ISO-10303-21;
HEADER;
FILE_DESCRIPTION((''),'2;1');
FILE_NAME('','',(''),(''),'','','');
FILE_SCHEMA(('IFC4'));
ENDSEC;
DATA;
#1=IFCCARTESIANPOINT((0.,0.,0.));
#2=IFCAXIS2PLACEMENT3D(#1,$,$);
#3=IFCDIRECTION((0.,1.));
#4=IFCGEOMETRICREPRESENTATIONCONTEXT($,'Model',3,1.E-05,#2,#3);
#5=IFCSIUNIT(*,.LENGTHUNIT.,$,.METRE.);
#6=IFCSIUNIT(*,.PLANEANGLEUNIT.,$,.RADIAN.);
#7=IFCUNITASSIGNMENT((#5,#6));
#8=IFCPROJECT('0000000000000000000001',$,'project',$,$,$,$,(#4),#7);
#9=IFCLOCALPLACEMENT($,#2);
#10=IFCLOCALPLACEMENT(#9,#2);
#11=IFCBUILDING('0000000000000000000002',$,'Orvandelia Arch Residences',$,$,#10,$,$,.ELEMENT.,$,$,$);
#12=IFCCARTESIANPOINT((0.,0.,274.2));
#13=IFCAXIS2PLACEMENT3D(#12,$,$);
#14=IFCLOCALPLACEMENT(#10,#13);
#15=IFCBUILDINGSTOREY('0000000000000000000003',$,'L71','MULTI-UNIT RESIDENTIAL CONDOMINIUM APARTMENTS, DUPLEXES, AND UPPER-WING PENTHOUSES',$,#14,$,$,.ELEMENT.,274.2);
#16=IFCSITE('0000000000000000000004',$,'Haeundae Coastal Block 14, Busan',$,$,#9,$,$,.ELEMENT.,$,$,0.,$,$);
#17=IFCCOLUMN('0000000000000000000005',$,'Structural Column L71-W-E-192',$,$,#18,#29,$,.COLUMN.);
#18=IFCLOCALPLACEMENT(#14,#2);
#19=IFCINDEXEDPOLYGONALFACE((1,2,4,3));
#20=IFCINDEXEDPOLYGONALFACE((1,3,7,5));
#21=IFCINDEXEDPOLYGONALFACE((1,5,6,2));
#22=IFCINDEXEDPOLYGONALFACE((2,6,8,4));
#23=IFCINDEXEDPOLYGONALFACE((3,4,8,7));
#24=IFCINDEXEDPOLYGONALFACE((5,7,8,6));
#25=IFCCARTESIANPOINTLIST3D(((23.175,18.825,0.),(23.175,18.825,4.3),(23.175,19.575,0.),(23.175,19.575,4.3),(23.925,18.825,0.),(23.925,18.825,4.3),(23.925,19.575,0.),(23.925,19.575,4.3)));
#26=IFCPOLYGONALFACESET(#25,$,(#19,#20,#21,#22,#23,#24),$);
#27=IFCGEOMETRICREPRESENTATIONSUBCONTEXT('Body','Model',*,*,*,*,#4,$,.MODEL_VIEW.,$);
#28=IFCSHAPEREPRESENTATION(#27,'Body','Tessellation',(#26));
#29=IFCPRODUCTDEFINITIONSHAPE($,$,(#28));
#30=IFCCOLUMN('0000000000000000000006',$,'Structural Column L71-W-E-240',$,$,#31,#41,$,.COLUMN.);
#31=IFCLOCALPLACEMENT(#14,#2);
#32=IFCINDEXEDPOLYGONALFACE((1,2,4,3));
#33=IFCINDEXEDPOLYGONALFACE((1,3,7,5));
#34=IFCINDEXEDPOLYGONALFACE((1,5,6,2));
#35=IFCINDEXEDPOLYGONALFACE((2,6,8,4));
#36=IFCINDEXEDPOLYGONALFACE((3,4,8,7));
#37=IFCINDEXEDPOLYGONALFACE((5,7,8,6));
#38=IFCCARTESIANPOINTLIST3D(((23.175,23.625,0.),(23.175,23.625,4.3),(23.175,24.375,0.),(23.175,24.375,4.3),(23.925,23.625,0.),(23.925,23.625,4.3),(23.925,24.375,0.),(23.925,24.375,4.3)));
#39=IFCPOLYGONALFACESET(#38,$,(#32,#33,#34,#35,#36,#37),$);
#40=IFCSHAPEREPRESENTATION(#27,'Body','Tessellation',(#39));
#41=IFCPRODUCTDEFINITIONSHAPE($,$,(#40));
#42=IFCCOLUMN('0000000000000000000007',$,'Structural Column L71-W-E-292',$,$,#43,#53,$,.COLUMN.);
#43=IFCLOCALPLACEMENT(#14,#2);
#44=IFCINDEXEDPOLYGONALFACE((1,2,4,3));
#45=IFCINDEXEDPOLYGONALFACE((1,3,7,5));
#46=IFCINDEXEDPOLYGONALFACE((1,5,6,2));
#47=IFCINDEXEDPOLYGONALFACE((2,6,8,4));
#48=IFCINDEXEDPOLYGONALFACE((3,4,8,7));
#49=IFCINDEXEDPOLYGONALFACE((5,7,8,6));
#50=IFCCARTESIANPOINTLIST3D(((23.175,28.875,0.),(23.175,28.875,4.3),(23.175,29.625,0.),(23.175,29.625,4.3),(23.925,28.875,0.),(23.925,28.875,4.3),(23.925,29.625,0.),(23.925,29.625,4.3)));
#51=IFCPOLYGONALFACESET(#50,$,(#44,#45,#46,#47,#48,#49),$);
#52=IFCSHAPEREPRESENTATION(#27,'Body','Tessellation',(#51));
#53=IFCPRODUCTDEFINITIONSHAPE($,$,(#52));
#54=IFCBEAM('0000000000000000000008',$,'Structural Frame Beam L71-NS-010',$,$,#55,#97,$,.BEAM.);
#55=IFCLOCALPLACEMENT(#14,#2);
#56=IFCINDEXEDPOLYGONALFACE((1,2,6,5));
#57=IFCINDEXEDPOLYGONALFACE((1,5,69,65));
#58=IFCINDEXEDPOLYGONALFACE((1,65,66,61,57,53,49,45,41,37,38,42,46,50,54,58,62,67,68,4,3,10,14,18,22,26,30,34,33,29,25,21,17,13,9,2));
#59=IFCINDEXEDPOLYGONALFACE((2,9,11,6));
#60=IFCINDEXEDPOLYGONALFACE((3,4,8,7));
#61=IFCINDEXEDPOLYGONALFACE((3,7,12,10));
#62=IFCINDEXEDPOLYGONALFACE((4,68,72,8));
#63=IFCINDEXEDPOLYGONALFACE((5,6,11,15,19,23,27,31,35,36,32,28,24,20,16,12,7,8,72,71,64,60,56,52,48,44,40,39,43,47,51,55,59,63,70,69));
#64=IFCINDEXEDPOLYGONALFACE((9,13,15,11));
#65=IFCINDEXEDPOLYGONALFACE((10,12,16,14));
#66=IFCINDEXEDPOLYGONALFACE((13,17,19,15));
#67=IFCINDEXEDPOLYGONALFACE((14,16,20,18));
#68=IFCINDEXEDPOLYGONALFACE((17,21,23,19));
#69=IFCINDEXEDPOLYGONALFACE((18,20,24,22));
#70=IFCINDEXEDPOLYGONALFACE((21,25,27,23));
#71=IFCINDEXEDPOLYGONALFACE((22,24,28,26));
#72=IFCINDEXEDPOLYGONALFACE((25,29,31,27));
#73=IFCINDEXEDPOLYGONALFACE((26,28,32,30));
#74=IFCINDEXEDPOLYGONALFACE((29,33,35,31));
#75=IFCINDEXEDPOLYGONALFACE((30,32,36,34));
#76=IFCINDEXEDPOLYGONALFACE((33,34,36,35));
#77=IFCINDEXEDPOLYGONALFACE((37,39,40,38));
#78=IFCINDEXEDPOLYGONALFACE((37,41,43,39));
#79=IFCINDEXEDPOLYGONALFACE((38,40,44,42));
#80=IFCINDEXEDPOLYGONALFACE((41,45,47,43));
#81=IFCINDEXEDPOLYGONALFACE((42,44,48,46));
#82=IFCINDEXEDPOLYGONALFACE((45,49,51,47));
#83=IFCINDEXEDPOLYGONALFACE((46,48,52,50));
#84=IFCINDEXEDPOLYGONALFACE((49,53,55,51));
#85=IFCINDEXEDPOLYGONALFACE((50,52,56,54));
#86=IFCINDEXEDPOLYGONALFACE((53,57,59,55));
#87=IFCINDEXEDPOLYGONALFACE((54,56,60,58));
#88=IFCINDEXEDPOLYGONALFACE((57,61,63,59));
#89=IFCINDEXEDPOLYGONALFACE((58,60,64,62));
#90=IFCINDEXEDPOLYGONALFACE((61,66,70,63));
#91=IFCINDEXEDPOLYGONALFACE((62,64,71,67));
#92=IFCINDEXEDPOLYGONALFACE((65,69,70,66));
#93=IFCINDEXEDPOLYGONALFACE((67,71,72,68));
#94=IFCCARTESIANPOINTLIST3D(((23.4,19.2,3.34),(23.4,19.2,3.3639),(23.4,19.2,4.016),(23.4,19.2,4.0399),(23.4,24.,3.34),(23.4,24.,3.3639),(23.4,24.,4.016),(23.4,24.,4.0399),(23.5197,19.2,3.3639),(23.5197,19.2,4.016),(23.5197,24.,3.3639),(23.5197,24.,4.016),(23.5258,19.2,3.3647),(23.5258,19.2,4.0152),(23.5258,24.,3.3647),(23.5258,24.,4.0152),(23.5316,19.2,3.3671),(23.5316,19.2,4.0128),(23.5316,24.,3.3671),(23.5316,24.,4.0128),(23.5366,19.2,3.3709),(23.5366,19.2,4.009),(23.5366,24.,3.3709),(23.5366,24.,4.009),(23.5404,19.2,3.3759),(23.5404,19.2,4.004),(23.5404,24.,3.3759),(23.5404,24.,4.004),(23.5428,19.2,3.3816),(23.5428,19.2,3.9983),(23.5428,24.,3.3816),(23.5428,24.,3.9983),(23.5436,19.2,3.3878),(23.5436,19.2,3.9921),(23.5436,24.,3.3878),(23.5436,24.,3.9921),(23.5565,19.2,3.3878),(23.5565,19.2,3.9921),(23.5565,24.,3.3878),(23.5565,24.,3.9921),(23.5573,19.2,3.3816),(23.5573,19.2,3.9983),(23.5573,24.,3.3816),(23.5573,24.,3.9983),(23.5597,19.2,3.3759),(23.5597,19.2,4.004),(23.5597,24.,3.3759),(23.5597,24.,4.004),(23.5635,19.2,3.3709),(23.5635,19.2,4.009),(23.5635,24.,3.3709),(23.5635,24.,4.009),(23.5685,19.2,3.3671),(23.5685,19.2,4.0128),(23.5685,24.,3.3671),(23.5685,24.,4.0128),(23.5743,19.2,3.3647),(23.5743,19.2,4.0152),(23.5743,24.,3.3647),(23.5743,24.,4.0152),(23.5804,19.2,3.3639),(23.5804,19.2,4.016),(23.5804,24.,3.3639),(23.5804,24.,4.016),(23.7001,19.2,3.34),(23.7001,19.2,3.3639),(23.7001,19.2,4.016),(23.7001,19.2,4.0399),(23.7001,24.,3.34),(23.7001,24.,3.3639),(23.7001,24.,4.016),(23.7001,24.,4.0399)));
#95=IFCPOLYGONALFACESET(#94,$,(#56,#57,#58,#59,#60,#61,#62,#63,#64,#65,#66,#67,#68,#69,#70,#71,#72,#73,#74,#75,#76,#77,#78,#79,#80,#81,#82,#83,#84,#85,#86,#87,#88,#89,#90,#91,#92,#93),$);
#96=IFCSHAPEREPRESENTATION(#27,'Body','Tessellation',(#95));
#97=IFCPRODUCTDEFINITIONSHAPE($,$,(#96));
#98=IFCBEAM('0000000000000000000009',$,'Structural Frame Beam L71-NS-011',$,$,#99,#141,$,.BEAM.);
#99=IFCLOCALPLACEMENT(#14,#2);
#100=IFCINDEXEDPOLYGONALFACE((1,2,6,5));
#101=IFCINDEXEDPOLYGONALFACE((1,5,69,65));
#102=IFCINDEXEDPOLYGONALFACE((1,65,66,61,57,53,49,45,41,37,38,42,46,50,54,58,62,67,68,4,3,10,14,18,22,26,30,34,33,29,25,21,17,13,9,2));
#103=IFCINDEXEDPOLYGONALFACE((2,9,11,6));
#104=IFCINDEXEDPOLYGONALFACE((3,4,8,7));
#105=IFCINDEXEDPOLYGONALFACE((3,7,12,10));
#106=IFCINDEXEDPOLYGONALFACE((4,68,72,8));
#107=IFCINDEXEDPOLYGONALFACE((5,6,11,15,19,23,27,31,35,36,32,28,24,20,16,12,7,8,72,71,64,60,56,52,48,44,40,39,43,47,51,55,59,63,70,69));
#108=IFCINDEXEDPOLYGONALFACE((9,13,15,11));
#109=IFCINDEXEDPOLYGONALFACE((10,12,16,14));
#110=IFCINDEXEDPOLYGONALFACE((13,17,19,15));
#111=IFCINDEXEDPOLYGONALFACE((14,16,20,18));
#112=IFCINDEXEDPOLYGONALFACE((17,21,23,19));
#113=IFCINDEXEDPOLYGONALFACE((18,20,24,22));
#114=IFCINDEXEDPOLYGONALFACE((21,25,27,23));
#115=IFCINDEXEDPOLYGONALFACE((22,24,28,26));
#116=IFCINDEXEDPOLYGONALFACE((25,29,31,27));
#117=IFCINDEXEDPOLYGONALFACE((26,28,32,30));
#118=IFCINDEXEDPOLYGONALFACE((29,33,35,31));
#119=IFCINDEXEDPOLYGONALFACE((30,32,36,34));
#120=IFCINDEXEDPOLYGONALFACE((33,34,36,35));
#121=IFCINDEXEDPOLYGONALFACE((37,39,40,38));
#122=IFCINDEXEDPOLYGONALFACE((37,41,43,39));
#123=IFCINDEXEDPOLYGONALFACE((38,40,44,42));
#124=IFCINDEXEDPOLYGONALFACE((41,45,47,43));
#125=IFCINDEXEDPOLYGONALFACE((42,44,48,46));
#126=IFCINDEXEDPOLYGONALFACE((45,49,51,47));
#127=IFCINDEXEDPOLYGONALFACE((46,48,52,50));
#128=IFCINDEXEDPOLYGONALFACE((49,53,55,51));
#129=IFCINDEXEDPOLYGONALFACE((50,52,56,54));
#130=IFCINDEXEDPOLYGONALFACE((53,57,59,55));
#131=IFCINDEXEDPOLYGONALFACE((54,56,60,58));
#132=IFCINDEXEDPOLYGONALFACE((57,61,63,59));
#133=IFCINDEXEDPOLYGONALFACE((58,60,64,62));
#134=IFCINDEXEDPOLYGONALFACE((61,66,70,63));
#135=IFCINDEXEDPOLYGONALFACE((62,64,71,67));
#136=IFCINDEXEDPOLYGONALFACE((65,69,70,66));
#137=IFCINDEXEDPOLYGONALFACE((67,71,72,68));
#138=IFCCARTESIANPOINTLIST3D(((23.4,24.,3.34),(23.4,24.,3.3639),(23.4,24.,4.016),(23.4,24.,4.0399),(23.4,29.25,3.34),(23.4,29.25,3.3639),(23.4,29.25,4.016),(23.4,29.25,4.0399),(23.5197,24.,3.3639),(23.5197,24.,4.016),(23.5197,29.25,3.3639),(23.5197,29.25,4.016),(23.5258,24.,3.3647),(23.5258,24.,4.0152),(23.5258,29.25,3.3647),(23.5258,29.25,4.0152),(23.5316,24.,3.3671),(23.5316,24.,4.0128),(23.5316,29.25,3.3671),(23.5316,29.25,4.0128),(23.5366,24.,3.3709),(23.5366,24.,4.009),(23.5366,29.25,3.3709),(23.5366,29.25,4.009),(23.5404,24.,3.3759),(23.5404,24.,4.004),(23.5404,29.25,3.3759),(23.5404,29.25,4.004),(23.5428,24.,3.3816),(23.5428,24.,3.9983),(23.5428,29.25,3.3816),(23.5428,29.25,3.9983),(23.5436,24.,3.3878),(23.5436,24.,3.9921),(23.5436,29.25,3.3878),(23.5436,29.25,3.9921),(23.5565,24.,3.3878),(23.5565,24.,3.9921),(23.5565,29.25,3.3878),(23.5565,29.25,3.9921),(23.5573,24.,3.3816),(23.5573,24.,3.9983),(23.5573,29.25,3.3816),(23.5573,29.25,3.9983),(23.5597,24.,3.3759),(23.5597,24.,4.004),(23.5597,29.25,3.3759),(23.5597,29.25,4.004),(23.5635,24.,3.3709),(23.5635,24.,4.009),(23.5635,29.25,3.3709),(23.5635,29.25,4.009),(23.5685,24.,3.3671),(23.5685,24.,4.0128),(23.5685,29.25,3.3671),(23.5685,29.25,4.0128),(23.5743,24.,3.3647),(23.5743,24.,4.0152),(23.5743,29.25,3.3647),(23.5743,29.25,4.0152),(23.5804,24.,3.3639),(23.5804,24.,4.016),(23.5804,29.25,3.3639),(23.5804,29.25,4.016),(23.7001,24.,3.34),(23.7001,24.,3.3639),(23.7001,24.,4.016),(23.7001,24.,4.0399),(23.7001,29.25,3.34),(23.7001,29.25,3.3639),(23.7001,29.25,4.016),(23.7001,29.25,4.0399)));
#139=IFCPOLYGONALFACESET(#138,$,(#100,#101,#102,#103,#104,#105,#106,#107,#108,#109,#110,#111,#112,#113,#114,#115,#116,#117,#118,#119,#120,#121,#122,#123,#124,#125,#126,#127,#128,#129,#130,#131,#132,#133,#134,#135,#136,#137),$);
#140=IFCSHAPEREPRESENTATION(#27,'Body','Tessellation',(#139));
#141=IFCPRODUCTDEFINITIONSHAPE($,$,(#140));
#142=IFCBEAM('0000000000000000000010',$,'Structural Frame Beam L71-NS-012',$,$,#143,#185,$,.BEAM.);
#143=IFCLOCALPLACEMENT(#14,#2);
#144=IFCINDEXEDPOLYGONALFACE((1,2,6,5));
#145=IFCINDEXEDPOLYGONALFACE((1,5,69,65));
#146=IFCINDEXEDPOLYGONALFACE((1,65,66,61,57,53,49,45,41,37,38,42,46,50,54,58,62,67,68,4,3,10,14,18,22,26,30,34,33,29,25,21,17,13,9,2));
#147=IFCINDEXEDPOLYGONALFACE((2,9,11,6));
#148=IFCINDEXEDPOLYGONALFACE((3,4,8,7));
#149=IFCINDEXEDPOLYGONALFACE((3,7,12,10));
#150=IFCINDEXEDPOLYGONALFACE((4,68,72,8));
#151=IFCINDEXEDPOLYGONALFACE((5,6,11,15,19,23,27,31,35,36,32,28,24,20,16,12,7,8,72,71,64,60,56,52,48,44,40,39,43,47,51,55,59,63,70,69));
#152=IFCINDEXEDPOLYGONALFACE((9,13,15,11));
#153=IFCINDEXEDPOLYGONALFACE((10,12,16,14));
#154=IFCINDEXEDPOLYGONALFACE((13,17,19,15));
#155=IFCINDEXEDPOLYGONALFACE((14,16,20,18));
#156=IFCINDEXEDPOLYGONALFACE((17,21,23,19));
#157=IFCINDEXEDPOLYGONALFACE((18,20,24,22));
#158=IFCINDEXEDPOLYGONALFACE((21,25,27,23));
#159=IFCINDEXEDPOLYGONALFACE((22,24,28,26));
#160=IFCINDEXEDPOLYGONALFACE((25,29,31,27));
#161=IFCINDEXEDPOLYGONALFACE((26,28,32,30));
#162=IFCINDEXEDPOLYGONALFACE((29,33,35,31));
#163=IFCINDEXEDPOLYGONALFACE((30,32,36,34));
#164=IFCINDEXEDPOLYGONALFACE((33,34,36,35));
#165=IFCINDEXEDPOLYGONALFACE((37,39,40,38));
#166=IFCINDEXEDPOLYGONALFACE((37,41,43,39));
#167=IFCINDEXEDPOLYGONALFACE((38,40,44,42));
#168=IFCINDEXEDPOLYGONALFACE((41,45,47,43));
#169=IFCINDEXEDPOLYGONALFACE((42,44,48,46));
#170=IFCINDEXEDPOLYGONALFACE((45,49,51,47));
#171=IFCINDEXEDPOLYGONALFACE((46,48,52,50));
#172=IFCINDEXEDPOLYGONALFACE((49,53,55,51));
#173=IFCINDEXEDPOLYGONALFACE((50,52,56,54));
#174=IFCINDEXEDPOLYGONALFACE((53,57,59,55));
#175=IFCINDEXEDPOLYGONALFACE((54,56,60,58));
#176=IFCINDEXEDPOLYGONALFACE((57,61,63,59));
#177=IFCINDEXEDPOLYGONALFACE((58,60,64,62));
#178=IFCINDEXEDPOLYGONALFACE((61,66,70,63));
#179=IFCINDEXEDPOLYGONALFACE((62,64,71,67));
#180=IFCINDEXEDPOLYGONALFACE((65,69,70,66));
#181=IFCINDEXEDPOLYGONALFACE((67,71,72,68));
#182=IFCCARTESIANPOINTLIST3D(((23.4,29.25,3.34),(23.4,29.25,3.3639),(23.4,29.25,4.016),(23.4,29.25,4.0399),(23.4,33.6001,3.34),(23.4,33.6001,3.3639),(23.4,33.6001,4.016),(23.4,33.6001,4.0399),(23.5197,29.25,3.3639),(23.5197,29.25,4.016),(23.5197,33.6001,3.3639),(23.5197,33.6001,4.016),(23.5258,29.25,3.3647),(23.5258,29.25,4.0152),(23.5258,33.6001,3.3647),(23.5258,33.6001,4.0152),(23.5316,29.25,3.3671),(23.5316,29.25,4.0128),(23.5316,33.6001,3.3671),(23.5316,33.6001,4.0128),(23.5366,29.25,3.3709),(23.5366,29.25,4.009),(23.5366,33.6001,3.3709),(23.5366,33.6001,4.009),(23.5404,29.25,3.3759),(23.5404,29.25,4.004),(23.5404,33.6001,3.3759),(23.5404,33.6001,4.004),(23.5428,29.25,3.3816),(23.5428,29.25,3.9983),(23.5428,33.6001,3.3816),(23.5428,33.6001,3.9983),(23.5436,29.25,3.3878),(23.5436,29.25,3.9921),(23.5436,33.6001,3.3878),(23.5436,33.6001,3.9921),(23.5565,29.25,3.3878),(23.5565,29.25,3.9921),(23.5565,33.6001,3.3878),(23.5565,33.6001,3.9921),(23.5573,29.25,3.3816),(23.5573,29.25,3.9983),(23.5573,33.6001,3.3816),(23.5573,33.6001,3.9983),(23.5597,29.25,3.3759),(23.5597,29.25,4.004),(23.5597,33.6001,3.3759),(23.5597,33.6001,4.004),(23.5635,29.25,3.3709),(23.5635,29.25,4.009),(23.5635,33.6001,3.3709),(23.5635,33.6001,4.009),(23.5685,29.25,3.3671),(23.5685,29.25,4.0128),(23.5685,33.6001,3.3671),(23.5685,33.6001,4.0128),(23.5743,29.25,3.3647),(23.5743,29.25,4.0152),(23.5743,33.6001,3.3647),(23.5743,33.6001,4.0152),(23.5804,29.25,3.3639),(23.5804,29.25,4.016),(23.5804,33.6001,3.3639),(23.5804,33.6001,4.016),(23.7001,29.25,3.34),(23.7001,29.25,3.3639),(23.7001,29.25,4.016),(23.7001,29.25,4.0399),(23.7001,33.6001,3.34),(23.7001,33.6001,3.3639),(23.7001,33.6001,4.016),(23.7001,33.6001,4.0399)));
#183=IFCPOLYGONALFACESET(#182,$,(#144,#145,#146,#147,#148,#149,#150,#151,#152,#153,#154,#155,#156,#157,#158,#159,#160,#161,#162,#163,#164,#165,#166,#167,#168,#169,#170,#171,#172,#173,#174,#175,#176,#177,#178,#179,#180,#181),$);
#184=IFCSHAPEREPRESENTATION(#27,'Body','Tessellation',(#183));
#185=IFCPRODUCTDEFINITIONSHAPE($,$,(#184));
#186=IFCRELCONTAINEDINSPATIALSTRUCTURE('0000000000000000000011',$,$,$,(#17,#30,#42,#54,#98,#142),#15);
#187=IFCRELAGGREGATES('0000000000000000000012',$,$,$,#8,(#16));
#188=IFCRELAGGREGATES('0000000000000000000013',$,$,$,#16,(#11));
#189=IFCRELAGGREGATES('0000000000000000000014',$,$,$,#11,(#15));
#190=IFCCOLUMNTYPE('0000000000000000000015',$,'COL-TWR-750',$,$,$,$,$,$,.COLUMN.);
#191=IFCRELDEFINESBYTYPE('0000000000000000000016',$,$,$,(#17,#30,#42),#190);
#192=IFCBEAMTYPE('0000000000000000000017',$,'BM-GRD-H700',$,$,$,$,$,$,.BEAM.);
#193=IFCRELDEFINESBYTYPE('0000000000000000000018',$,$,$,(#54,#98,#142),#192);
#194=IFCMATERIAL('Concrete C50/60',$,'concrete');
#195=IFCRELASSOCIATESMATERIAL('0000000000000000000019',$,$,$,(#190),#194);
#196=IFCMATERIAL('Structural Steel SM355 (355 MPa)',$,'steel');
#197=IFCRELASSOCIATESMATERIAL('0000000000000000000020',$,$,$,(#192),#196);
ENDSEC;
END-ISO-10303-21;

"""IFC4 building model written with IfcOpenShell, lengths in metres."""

from ifc_helpers import new_model, si_unit, direction, frame, origin, origin_2d, place, context, subcontext, project, spatial, rectangle, i_section, extrude, material, material_profile, profile_set, type_object, element, save


model = new_model("IFC4")

# Units and contexts
model_context = context("Model", 3, precision=1e-05, world=origin(), true_north=direction((0.0, 1.0)))
body_context = subcontext(model_context, "Body", "Model", "MODEL_VIEW")
ifc_project = project(units=[si_unit("LENGTHUNIT", "METRE"), si_unit("PLANEANGLEUNIT", "RADIAN")], contexts=[model_context])

# Site, building, storey
site_placement = place(None, origin())
site = spatial("IfcSite", under=ifc_project, at=site_placement, Name="Haeundae Coastal Block 14, Busan", CompositionType="ELEMENT", RefElevation=0.0)
building_placement = place(site_placement, origin())
building = spatial("IfcBuilding", under=site, at=building_placement, Name="Orvandelia Arch Residences", CompositionType="ELEMENT")
storey_placement = place(building_placement, frame((0.0, 0.0, 274.2)))
storey = spatial("IfcBuildingStorey", under=building, at=storey_placement, Name="L71", Description="MULTI-UNIT RESIDENTIAL CONDOMINIUM APARTMENTS, DUPLEXES, AND UPPER-WING PENTHOUSES", CompositionType="ELEMENT", Elevation=274.2)

# Columns
ifc_material_1 = material(Name="Concrete C50/60", Category="concrete")
ifc_material_profile_1 = material_profile(ifc_material_1, rectangle(XDim=0.75, YDim=0.75, at=origin_2d()), Name="Concrete C50/60", Category="concrete")
ifc_profile_set_1 = profile_set([ifc_material_profile_1], Name="Concrete C50/60")
column_type = type_object("IfcColumnType", Name="COL-TWR-750", PredefinedType="COLUMN", material=ifc_profile_set_1)
for number, where, z_axis, x_axis, name in (
    (1, (23.55, 19.2, 0.0), (0.0, 0.0, 1.0), (1.0, 0.0, 0.0), "Structural Column L71-W-E-192"),
    (2, (23.55, 24.0, 0.0), (0.0, 0.0, 1.0), (1.0, 0.0, 0.0), "Structural Column L71-W-E-240"),
    (3, (23.55, 29.25, 0.0), (0.0, 0.0, 1.0), (1.0, 0.0, 0.0), "Structural Column L71-W-E-292"),
):
    element("IfcColumn", number, at=place(storey_placement, frame(where, z_axis=z_axis, x_axis=x_axis)), inside=storey, type_object=column_type, Name=name, PredefinedType="COLUMN", context=body_context, shape_type="SweptSolid", body=[
        extrude(rectangle(XDim=0.75, YDim=0.75, at=origin_2d()), origin(), (0.0, 0.0, 1.0), 4.3),
    ])

# Beams
ifc_material_2 = material(Name="Structural Steel SM355 (355 MPa)", Category="steel")
ifc_material_profile_2 = material_profile(ifc_material_2, i_section(OverallWidth=0.3, OverallDepth=0.7, WebThickness=0.0129, FlangeThickness=0.0239, FilletRadius=0.0239, at=origin_2d()), Name="Structural Steel SM355 (355 MPa)", Category="steel")
ifc_profile_set_2 = profile_set([ifc_material_profile_2], Name="Structural Steel SM355 (355 MPa)")
beam_type = type_object("IfcBeamType", Name="BM-GRD-H700", PredefinedType="BEAM", material=ifc_profile_set_2)
beam_1_placement = place(storey_placement, frame((23.55, 19.2, 3.6899), z_axis=(0.0, 1.0, 0.0), x_axis=(-1.0, 0.0, 0.0)))
element("IfcBeam", 4, at=beam_1_placement, inside=storey, type_object=beam_type, Name="Structural Frame Beam L71-NS-010", PredefinedType="BEAM", context=body_context, shape_type="SweptSolid", body=[
    extrude(i_section(OverallWidth=0.3, OverallDepth=0.7, WebThickness=0.0129, FlangeThickness=0.0239, FilletRadius=0.0239, at=origin_2d()), origin(), (0.0, 0.0, 1.0), 4.8),
])
beam_2_placement = place(storey_placement, frame((23.55, 24.0, 3.6899), z_axis=(0.0, 1.0, 0.0), x_axis=(-1.0, 0.0, 0.0)))
element("IfcBeam", 5, at=beam_2_placement, inside=storey, type_object=beam_type, Name="Structural Frame Beam L71-NS-011", PredefinedType="BEAM", context=body_context, shape_type="SweptSolid", body=[
    extrude(i_section(OverallWidth=0.3, OverallDepth=0.7, WebThickness=0.0129, FlangeThickness=0.0239, FilletRadius=0.0239, at=origin_2d()), origin(), (0.0, 0.0, 1.0), 5.25),
])
beam_3_placement = place(storey_placement, frame((23.55, 29.25, 3.6899), z_axis=(0.0, 1.0, 0.0), x_axis=(-1.0, 0.0, 0.0)))
element("IfcBeam", 6, at=beam_3_placement, inside=storey, type_object=beam_type, Name="Structural Frame Beam L71-NS-012", PredefinedType="BEAM", context=body_context, shape_type="SweptSolid", body=[
    extrude(i_section(OverallWidth=0.3, OverallDepth=0.7, WebThickness=0.0129, FlangeThickness=0.0239, FilletRadius=0.0239, at=origin_2d()), origin(), (0.0, 0.0, 1.0), 4.3501),
])

save(model, "model.ifc")
